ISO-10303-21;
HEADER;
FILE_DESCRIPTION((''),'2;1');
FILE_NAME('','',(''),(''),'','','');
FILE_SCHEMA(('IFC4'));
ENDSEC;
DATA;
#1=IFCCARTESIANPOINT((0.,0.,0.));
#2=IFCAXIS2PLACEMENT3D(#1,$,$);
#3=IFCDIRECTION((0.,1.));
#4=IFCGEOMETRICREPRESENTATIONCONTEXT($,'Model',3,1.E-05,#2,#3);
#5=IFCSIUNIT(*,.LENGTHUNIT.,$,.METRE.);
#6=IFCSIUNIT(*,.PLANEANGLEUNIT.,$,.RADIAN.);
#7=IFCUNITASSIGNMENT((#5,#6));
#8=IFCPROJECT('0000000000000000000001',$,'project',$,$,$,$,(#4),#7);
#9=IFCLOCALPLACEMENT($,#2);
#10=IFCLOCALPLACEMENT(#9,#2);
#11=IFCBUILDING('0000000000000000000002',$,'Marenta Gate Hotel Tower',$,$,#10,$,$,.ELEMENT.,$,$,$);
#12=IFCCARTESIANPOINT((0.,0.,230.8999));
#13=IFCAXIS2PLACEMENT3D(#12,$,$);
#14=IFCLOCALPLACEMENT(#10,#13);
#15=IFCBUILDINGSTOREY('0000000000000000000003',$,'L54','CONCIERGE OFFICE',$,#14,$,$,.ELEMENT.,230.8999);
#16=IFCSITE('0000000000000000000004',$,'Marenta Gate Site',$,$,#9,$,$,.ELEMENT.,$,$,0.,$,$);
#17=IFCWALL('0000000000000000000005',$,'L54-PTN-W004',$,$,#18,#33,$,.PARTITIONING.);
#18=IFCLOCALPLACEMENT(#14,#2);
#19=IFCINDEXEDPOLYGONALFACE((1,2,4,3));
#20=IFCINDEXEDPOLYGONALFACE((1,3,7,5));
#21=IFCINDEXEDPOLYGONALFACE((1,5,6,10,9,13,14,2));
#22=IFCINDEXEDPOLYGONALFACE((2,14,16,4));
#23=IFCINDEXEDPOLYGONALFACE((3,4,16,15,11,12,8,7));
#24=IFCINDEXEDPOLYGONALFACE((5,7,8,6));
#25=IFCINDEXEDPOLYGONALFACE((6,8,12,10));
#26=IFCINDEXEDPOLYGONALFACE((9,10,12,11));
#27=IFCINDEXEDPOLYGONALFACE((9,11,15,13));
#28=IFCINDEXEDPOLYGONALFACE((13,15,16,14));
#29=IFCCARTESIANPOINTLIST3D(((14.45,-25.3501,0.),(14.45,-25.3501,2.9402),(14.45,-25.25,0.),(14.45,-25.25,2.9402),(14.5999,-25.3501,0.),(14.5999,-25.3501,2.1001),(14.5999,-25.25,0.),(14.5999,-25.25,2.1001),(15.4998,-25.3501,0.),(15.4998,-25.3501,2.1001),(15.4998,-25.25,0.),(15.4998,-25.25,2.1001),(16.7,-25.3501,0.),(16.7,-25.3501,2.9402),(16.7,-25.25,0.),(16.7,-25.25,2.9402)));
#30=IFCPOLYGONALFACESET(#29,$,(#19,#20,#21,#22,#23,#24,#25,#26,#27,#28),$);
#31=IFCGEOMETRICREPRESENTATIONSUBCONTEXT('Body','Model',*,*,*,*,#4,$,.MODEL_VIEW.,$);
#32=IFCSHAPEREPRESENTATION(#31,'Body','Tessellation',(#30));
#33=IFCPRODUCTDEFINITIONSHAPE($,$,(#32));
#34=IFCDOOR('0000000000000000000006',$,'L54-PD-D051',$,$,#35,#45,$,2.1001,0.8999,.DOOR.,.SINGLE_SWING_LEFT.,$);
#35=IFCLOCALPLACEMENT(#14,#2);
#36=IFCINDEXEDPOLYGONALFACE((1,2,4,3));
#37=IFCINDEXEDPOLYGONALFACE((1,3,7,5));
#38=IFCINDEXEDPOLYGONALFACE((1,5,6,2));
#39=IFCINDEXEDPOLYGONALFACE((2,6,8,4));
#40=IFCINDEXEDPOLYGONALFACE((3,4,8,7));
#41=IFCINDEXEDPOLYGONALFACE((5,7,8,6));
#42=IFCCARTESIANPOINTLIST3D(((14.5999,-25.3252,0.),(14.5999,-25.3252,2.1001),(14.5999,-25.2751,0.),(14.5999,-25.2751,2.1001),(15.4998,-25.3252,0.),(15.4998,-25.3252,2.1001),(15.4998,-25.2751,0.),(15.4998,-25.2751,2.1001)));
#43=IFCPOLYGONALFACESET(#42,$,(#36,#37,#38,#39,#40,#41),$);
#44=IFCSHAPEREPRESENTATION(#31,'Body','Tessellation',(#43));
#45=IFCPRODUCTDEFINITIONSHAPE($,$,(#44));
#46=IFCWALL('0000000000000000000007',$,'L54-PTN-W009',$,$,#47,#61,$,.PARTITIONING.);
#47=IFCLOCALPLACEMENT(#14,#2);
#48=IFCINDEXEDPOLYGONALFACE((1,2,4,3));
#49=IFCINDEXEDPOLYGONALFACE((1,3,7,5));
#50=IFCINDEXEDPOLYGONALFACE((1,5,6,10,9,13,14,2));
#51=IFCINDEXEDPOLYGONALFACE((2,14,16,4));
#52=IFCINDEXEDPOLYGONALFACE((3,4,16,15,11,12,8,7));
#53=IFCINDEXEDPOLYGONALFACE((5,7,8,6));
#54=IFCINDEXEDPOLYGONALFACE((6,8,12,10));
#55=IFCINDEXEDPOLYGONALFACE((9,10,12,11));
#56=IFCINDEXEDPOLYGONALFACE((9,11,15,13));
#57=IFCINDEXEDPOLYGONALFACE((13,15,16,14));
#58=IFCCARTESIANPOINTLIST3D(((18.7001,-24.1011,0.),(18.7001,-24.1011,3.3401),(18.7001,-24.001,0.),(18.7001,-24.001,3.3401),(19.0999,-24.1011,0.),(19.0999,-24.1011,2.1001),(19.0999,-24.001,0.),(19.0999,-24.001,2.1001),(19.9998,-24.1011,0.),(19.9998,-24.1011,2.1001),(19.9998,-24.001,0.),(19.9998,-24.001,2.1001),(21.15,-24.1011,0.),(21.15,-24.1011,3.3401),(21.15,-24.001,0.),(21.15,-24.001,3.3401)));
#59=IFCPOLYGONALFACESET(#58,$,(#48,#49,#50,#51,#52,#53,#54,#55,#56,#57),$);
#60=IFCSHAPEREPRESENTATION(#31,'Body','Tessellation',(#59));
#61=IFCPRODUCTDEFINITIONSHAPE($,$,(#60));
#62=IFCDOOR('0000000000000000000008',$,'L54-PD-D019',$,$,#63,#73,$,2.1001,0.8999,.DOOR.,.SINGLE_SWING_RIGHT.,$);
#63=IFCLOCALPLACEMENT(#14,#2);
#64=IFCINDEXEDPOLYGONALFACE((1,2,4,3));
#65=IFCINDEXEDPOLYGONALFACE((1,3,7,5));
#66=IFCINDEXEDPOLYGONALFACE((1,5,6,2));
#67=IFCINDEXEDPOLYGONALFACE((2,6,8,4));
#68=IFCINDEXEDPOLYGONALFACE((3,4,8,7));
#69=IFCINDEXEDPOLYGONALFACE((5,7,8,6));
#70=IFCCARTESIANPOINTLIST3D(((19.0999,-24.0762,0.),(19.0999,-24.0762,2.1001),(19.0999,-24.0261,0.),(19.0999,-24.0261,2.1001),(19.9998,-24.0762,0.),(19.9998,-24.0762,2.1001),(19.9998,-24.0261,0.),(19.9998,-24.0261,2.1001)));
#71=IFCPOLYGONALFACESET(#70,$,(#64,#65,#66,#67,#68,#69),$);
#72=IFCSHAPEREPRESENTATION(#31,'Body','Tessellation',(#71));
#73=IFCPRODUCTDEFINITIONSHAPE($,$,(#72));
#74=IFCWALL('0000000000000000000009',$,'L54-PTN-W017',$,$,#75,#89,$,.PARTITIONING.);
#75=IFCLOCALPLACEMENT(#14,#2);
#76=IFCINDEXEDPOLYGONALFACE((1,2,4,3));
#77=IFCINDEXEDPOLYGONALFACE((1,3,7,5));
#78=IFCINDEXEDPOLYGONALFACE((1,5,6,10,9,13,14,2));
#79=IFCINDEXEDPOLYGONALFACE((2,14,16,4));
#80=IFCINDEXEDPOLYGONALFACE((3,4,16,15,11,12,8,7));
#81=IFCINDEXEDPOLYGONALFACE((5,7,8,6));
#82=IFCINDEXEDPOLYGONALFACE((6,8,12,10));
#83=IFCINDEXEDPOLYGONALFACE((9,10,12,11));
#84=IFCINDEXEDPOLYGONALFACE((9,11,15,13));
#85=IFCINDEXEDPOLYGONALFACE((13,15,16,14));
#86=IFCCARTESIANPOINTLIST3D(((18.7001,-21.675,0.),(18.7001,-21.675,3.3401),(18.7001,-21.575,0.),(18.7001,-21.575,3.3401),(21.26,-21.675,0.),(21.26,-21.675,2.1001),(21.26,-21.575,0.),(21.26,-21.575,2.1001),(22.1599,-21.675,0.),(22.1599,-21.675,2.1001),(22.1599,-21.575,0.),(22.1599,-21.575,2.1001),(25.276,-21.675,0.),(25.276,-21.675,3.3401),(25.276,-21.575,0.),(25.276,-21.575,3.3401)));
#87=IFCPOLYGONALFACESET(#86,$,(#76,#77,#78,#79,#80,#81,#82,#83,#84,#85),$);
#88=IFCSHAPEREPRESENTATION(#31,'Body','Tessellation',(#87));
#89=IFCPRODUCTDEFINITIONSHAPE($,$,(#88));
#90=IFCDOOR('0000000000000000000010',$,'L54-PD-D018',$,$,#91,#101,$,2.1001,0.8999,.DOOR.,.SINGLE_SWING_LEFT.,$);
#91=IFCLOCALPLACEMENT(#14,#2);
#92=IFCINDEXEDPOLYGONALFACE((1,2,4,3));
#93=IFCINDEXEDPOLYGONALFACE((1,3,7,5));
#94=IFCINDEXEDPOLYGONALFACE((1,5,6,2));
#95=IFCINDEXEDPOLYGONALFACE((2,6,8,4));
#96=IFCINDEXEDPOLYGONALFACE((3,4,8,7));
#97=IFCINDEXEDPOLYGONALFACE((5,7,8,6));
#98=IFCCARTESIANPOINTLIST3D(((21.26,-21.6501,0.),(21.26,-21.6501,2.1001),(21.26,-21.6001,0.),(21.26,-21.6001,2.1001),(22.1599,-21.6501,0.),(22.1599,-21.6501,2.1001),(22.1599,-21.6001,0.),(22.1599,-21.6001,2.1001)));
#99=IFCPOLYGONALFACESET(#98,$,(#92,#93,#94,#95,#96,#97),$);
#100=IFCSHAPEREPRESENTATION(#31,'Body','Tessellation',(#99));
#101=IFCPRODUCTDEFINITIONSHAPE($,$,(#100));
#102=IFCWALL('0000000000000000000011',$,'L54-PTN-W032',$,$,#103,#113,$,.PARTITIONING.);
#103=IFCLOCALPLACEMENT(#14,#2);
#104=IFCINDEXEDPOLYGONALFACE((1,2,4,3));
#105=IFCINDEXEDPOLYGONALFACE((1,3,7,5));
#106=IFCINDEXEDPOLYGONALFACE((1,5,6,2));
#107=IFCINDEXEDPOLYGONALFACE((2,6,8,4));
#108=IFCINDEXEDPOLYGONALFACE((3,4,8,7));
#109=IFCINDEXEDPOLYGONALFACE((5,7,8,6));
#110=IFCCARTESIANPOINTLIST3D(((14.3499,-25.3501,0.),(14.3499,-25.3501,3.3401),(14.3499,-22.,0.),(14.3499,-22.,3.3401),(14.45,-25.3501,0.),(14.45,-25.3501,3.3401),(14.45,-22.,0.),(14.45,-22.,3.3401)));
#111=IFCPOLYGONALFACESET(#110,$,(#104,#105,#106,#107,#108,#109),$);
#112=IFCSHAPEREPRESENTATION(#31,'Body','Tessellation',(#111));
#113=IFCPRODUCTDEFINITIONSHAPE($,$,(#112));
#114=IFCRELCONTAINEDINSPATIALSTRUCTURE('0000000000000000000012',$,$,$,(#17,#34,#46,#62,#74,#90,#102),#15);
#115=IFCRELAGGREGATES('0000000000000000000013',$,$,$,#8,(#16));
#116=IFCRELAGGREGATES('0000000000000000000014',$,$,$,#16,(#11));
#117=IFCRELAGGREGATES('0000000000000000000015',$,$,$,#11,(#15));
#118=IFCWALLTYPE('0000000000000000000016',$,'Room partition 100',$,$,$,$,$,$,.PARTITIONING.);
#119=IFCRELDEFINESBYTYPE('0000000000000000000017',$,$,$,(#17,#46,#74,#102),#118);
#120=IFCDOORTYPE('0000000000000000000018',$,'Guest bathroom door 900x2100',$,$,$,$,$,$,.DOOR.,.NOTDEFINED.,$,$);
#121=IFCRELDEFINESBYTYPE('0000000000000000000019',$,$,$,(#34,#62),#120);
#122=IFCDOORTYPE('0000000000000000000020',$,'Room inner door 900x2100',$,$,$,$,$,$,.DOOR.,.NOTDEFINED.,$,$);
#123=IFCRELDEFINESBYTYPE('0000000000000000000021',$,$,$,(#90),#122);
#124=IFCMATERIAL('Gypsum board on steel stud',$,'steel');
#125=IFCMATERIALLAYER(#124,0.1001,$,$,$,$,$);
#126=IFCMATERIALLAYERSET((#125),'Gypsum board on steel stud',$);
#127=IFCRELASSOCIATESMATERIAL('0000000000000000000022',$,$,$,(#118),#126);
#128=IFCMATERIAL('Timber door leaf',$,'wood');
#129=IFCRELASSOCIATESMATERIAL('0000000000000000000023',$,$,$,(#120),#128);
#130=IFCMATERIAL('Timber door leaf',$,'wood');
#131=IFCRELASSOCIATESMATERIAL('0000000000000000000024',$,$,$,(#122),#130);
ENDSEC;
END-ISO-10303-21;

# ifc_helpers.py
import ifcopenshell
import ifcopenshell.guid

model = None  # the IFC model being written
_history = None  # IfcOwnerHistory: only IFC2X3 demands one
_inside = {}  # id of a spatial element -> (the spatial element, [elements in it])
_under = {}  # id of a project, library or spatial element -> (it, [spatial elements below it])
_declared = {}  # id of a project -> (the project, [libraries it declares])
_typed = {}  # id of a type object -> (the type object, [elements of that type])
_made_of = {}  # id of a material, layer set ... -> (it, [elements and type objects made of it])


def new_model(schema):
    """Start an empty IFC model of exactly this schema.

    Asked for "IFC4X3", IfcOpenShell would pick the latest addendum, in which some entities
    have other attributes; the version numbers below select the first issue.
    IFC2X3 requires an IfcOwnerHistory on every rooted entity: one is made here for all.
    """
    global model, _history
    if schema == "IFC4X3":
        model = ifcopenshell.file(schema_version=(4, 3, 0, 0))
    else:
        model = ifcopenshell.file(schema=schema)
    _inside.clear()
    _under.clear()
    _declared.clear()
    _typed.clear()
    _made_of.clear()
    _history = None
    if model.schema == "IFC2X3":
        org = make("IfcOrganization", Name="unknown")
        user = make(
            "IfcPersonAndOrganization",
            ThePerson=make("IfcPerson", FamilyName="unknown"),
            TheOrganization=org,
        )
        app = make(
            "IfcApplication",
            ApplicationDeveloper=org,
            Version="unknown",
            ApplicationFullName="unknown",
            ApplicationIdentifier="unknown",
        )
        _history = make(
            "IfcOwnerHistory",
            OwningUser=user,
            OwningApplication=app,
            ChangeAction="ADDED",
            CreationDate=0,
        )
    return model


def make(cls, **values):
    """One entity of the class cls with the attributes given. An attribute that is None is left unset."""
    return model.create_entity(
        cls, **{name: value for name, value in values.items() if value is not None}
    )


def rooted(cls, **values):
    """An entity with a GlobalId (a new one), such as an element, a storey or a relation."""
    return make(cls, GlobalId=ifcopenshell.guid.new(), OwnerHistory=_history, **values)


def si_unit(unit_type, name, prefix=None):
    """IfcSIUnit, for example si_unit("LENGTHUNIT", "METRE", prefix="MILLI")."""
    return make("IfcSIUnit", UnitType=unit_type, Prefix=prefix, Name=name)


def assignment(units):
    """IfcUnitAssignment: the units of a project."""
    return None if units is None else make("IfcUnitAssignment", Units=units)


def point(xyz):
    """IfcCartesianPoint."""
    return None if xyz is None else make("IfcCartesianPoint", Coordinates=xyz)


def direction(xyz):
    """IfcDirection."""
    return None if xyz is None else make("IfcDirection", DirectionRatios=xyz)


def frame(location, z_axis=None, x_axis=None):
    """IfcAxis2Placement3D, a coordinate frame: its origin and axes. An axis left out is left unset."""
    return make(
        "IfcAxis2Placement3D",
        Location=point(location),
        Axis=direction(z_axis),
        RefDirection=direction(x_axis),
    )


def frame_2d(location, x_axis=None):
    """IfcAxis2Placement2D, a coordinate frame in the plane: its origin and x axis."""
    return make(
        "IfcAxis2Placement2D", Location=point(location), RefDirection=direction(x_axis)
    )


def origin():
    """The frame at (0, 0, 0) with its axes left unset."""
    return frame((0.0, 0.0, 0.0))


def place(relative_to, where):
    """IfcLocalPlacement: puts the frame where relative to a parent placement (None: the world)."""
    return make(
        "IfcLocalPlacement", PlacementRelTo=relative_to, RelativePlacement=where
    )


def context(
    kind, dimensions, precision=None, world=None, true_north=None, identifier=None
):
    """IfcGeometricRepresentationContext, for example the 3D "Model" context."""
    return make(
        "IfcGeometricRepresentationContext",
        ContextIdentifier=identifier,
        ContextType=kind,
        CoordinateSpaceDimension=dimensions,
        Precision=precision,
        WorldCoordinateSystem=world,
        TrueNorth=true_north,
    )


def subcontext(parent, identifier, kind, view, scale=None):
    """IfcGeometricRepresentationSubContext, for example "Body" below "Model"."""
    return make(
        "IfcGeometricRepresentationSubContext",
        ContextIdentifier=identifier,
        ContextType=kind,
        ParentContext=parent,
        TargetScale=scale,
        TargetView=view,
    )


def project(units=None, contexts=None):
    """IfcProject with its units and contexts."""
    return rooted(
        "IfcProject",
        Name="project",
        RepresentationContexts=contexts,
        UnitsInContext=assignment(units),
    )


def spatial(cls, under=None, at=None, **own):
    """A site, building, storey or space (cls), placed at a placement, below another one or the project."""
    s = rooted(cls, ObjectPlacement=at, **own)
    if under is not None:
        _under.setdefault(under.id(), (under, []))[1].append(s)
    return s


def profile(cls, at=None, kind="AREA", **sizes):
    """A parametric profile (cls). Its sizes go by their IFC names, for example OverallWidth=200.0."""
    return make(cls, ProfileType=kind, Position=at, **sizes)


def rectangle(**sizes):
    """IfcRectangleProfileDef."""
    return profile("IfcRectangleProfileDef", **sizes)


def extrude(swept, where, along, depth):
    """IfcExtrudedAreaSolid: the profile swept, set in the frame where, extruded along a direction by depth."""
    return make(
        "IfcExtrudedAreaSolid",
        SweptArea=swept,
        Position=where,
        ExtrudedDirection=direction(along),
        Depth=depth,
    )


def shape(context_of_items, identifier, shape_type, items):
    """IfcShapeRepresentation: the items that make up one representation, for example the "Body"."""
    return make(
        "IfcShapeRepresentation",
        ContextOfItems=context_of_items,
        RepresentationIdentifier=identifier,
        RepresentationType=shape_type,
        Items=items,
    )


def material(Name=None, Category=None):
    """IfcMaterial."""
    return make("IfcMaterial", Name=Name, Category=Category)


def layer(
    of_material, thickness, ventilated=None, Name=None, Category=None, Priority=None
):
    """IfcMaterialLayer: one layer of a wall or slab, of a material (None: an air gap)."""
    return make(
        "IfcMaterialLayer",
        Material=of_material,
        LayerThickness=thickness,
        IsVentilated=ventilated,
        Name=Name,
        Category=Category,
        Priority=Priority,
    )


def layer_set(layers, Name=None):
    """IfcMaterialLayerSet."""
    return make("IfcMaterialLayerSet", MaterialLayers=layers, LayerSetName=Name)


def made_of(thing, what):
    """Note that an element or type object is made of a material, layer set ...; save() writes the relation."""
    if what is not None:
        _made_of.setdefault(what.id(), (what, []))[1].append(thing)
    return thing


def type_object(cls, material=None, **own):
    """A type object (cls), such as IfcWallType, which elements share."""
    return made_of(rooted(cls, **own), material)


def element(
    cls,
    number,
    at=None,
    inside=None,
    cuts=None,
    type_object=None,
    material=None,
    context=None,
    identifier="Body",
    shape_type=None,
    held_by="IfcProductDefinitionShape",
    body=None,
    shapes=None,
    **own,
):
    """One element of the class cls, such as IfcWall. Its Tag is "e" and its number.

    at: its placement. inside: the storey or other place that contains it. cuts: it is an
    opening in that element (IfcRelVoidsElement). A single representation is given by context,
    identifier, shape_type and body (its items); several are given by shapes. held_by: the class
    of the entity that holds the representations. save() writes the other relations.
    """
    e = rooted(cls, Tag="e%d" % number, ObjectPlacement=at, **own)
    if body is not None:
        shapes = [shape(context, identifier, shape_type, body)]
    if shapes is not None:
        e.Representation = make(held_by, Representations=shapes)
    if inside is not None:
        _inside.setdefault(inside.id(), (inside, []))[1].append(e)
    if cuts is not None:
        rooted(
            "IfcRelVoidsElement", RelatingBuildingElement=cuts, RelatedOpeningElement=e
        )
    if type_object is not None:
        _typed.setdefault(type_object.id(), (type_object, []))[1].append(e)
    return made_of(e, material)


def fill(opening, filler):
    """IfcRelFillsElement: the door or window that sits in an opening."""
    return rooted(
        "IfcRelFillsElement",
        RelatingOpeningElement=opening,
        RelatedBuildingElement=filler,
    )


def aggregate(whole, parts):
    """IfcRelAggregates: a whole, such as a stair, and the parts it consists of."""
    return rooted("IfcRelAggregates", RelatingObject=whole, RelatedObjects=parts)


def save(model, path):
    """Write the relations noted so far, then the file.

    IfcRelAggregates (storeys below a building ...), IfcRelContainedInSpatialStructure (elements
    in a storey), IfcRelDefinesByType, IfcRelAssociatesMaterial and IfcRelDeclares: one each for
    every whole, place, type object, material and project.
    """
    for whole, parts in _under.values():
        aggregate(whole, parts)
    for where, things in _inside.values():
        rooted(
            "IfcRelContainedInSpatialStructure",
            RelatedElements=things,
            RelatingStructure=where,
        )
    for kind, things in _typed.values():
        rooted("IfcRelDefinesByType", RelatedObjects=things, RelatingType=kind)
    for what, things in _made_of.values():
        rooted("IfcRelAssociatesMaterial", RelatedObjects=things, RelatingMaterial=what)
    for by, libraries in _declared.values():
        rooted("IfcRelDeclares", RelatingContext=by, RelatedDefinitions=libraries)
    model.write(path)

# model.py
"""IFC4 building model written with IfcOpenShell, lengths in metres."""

from ifc_helpers import new_model, si_unit, direction, frame, frame_2d, origin, place, context, subcontext, project, spatial, rectangle, extrude, material, layer, layer_set, type_object, element, fill, save


model = new_model("IFC4")

# Units and contexts
model_context = context("Model", 3, precision=1e-05, world=origin(), true_north=direction((0.0, 1.0)))
body_context = subcontext(model_context, "Body", "Model", "MODEL_VIEW")
ifc_project = project(units=[si_unit("LENGTHUNIT", "METRE"), si_unit("PLANEANGLEUNIT", "RADIAN")], contexts=[model_context])

# Site, building, storey
site_placement = place(None, origin())
site = spatial("IfcSite", under=ifc_project, at=site_placement, Name="Marenta Gate Site", CompositionType="ELEMENT", RefElevation=0.0)
building_placement = place(site_placement, origin())
building = spatial("IfcBuilding", under=site, at=building_placement, Name="Marenta Gate Hotel Tower", CompositionType="ELEMENT")
storey_placement = place(building_placement, frame((0.0, 0.0, 230.8999)))
storey = spatial("IfcBuildingStorey", under=building, at=storey_placement, Name="L54", Description="CONCIERGE OFFICE", CompositionType="ELEMENT", Elevation=230.8999)

# Walls, openings, doors
ifc_material_1 = material(Name="Gypsum board on steel stud", Category="steel")
ifc_layer_1 = layer(ifc_material_1, 0.1001)
ifc_layer_set_1 = layer_set([ifc_layer_1], Name="Gypsum board on steel stud")
wall_type_1 = type_object("IfcWallType", Name="Room partition 100", PredefinedType="PARTITIONING", material=ifc_layer_set_1)
wall_1_placement = place(storey_placement, frame((14.45, -25.3, 0.0), z_axis=(0.0, 0.0, 1.0), x_axis=(1.0, 0.0, 0.0)))
wall_1 = element("IfcWall", 1, at=wall_1_placement, inside=storey, type_object=wall_type_1, Name="L54-PTN-W004", PredefinedType="PARTITIONING", context=body_context, shape_type="SweptSolid", body=[
    extrude(rectangle(XDim=2.25, YDim=0.1001, at=frame_2d((1.125, 0.0))), origin(), (0.0, 0.0, 1.0), 2.9402),
])
opening_1_placement = place(wall_1_placement, frame((0.1499, 0.0, 0.0)))
opening_1 = element("IfcOpeningElement", 2, at=opening_1_placement, cuts=wall_1, PredefinedType="OPENING", context=body_context, shape_type="SweptSolid", body=[
    extrude(rectangle(XDim=0.8999, YDim=2.1001, at=frame_2d((0.45, 1.05))), frame((0.0, 0.05, 0.0), z_axis=(0.0, -1.0, 0.0), x_axis=(1.0, 0.0, 0.0)), (0.0, 0.0, 1.0), 0.1001),
])
ifc_material_2 = material(Name="Timber door leaf", Category="wood")
door_type_1 = type_object("IfcDoorType", Name="Guest bathroom door 900x2100", OperationType="NOTDEFINED", PredefinedType="DOOR", material=ifc_material_2)
door_1_placement = place(opening_1_placement, origin())
door_1 = element("IfcDoor", 3, at=door_1_placement, inside=storey, type_object=door_type_1, Name="L54-PD-D051", OperationType="SINGLE_SWING_LEFT", OverallHeight=2.1001, OverallWidth=0.8999, PredefinedType="DOOR", context=body_context, shape_type="SweptSolid", body=[
    extrude(rectangle(XDim=0.8999, YDim=2.1001, at=frame_2d((0.45, 1.05))), frame((0.0, 0.0249, 0.0), z_axis=(0.0, -1.0, 0.0), x_axis=(1.0, 0.0, 0.0)), (0.0, 0.0, 1.0), 0.05),
])
fill(opening_1, door_1)
wall_2_placement = place(storey_placement, frame((18.7, -24.051, 0.0), z_axis=(0.0, 0.0, 1.0), x_axis=(1.0, 0.0, 0.0)))
wall_2 = element("IfcWall", 4, at=wall_2_placement, inside=storey, type_object=wall_type_1, Name="L54-PTN-W009", PredefinedType="PARTITIONING", context=body_context, shape_type="SweptSolid", body=[
    extrude(rectangle(XDim=2.45, YDim=0.1001, at=frame_2d((1.2251, 0.0))), origin(), (0.0, 0.0, 1.0), 3.3401),
])
opening_2_placement = place(wall_2_placement, frame((0.3999, 0.0, 0.0)))
opening_2 = element("IfcOpeningElement", 5, at=opening_2_placement, cuts=wall_2, PredefinedType="OPENING", context=body_context, shape_type="SweptSolid", body=[
    extrude(rectangle(XDim=0.8999, YDim=2.1001, at=frame_2d((0.45, 1.05))), frame((0.0, 0.05, 0.0), z_axis=(0.0, -1.0, 0.0), x_axis=(1.0, 0.0, 0.0)), (0.0, 0.0, 1.0), 0.1001),
])
door_2_placement = place(opening_2_placement, origin())
door_2 = element("IfcDoor", 6, at=door_2_placement, inside=storey, type_object=door_type_1, Name="L54-PD-D019", OperationType="SINGLE_SWING_RIGHT", OverallHeight=2.1001, OverallWidth=0.8999, PredefinedType="DOOR", context=body_context, shape_type="SweptSolid", body=[
    extrude(rectangle(XDim=0.8999, YDim=2.1001, at=frame_2d((0.45, 1.05))), frame((0.0, 0.0249, 0.0), z_axis=(0.0, -1.0, 0.0), x_axis=(1.0, 0.0, 0.0)), (0.0, 0.0, 1.0), 0.05),
])
fill(opening_2, door_2)
wall_3_placement = place(storey_placement, frame((18.7, -21.625, 0.0), z_axis=(0.0, 0.0, 1.0), x_axis=(1.0, 0.0, 0.0)))
wall_3 = element("IfcWall", 7, at=wall_3_placement, inside=storey, type_object=wall_type_1, Name="L54-PTN-W017", PredefinedType="PARTITIONING", context=body_context, shape_type="SweptSolid", body=[
    extrude(rectangle(XDim=6.5759, YDim=0.1001, at=frame_2d((3.2881, 0.0))), origin(), (0.0, 0.0, 1.0), 3.3401),
])
opening_3_placement = place(wall_3_placement, frame((2.5601, 0.0, 0.0)))
opening_3 = element("IfcOpeningElement", 8, at=opening_3_placement, cuts=wall_3, PredefinedType="OPENING", context=body_context, shape_type="SweptSolid", body=[
    extrude(rectangle(XDim=0.8999, YDim=2.1001, at=frame_2d((0.45, 1.05))), frame((0.0, 0.05, 0.0), z_axis=(0.0, -1.0, 0.0), x_axis=(1.0, 0.0, 0.0)), (0.0, 0.0, 1.0), 0.1001),
])
ifc_material_3 = material(Name="Timber door leaf", Category="wood")
door_type_2 = type_object("IfcDoorType", Name="Room inner door 900x2100", OperationType="NOTDEFINED", PredefinedType="DOOR", material=ifc_material_3)
door_3_placement = place(opening_3_placement, origin())
door_3 = element("IfcDoor", 9, at=door_3_placement, inside=storey, type_object=door_type_2, Name="L54-PD-D018", OperationType="SINGLE_SWING_LEFT", OverallHeight=2.1001, OverallWidth=0.8999, PredefinedType="DOOR", context=body_context, shape_type="SweptSolid", body=[
    extrude(rectangle(XDim=0.8999, YDim=2.1001, at=frame_2d((0.45, 1.05))), frame((0.0, 0.0249, 0.0), z_axis=(0.0, -1.0, 0.0), x_axis=(1.0, 0.0, 0.0)), (0.0, 0.0, 1.0), 0.05),
])
fill(opening_3, door_3)

# Wall
wall_4_placement = place(storey_placement, frame((14.3999, -25.3501, 0.0), z_axis=(0.0, 0.0, 1.0), x_axis=(0.0, 1.0, 0.0)))
element("IfcWall", 10, at=wall_4_placement, inside=storey, type_object=wall_type_1, Name="L54-PTN-W032", PredefinedType="PARTITIONING", context=body_context, shape_type="SweptSolid", body=[
    extrude(rectangle(XDim=3.3501, YDim=0.1001, at=frame_2d((1.675, 0.0))), origin(), (0.0, 0.0, 1.0), 3.3401),
])

save(model, "model.ifc")
